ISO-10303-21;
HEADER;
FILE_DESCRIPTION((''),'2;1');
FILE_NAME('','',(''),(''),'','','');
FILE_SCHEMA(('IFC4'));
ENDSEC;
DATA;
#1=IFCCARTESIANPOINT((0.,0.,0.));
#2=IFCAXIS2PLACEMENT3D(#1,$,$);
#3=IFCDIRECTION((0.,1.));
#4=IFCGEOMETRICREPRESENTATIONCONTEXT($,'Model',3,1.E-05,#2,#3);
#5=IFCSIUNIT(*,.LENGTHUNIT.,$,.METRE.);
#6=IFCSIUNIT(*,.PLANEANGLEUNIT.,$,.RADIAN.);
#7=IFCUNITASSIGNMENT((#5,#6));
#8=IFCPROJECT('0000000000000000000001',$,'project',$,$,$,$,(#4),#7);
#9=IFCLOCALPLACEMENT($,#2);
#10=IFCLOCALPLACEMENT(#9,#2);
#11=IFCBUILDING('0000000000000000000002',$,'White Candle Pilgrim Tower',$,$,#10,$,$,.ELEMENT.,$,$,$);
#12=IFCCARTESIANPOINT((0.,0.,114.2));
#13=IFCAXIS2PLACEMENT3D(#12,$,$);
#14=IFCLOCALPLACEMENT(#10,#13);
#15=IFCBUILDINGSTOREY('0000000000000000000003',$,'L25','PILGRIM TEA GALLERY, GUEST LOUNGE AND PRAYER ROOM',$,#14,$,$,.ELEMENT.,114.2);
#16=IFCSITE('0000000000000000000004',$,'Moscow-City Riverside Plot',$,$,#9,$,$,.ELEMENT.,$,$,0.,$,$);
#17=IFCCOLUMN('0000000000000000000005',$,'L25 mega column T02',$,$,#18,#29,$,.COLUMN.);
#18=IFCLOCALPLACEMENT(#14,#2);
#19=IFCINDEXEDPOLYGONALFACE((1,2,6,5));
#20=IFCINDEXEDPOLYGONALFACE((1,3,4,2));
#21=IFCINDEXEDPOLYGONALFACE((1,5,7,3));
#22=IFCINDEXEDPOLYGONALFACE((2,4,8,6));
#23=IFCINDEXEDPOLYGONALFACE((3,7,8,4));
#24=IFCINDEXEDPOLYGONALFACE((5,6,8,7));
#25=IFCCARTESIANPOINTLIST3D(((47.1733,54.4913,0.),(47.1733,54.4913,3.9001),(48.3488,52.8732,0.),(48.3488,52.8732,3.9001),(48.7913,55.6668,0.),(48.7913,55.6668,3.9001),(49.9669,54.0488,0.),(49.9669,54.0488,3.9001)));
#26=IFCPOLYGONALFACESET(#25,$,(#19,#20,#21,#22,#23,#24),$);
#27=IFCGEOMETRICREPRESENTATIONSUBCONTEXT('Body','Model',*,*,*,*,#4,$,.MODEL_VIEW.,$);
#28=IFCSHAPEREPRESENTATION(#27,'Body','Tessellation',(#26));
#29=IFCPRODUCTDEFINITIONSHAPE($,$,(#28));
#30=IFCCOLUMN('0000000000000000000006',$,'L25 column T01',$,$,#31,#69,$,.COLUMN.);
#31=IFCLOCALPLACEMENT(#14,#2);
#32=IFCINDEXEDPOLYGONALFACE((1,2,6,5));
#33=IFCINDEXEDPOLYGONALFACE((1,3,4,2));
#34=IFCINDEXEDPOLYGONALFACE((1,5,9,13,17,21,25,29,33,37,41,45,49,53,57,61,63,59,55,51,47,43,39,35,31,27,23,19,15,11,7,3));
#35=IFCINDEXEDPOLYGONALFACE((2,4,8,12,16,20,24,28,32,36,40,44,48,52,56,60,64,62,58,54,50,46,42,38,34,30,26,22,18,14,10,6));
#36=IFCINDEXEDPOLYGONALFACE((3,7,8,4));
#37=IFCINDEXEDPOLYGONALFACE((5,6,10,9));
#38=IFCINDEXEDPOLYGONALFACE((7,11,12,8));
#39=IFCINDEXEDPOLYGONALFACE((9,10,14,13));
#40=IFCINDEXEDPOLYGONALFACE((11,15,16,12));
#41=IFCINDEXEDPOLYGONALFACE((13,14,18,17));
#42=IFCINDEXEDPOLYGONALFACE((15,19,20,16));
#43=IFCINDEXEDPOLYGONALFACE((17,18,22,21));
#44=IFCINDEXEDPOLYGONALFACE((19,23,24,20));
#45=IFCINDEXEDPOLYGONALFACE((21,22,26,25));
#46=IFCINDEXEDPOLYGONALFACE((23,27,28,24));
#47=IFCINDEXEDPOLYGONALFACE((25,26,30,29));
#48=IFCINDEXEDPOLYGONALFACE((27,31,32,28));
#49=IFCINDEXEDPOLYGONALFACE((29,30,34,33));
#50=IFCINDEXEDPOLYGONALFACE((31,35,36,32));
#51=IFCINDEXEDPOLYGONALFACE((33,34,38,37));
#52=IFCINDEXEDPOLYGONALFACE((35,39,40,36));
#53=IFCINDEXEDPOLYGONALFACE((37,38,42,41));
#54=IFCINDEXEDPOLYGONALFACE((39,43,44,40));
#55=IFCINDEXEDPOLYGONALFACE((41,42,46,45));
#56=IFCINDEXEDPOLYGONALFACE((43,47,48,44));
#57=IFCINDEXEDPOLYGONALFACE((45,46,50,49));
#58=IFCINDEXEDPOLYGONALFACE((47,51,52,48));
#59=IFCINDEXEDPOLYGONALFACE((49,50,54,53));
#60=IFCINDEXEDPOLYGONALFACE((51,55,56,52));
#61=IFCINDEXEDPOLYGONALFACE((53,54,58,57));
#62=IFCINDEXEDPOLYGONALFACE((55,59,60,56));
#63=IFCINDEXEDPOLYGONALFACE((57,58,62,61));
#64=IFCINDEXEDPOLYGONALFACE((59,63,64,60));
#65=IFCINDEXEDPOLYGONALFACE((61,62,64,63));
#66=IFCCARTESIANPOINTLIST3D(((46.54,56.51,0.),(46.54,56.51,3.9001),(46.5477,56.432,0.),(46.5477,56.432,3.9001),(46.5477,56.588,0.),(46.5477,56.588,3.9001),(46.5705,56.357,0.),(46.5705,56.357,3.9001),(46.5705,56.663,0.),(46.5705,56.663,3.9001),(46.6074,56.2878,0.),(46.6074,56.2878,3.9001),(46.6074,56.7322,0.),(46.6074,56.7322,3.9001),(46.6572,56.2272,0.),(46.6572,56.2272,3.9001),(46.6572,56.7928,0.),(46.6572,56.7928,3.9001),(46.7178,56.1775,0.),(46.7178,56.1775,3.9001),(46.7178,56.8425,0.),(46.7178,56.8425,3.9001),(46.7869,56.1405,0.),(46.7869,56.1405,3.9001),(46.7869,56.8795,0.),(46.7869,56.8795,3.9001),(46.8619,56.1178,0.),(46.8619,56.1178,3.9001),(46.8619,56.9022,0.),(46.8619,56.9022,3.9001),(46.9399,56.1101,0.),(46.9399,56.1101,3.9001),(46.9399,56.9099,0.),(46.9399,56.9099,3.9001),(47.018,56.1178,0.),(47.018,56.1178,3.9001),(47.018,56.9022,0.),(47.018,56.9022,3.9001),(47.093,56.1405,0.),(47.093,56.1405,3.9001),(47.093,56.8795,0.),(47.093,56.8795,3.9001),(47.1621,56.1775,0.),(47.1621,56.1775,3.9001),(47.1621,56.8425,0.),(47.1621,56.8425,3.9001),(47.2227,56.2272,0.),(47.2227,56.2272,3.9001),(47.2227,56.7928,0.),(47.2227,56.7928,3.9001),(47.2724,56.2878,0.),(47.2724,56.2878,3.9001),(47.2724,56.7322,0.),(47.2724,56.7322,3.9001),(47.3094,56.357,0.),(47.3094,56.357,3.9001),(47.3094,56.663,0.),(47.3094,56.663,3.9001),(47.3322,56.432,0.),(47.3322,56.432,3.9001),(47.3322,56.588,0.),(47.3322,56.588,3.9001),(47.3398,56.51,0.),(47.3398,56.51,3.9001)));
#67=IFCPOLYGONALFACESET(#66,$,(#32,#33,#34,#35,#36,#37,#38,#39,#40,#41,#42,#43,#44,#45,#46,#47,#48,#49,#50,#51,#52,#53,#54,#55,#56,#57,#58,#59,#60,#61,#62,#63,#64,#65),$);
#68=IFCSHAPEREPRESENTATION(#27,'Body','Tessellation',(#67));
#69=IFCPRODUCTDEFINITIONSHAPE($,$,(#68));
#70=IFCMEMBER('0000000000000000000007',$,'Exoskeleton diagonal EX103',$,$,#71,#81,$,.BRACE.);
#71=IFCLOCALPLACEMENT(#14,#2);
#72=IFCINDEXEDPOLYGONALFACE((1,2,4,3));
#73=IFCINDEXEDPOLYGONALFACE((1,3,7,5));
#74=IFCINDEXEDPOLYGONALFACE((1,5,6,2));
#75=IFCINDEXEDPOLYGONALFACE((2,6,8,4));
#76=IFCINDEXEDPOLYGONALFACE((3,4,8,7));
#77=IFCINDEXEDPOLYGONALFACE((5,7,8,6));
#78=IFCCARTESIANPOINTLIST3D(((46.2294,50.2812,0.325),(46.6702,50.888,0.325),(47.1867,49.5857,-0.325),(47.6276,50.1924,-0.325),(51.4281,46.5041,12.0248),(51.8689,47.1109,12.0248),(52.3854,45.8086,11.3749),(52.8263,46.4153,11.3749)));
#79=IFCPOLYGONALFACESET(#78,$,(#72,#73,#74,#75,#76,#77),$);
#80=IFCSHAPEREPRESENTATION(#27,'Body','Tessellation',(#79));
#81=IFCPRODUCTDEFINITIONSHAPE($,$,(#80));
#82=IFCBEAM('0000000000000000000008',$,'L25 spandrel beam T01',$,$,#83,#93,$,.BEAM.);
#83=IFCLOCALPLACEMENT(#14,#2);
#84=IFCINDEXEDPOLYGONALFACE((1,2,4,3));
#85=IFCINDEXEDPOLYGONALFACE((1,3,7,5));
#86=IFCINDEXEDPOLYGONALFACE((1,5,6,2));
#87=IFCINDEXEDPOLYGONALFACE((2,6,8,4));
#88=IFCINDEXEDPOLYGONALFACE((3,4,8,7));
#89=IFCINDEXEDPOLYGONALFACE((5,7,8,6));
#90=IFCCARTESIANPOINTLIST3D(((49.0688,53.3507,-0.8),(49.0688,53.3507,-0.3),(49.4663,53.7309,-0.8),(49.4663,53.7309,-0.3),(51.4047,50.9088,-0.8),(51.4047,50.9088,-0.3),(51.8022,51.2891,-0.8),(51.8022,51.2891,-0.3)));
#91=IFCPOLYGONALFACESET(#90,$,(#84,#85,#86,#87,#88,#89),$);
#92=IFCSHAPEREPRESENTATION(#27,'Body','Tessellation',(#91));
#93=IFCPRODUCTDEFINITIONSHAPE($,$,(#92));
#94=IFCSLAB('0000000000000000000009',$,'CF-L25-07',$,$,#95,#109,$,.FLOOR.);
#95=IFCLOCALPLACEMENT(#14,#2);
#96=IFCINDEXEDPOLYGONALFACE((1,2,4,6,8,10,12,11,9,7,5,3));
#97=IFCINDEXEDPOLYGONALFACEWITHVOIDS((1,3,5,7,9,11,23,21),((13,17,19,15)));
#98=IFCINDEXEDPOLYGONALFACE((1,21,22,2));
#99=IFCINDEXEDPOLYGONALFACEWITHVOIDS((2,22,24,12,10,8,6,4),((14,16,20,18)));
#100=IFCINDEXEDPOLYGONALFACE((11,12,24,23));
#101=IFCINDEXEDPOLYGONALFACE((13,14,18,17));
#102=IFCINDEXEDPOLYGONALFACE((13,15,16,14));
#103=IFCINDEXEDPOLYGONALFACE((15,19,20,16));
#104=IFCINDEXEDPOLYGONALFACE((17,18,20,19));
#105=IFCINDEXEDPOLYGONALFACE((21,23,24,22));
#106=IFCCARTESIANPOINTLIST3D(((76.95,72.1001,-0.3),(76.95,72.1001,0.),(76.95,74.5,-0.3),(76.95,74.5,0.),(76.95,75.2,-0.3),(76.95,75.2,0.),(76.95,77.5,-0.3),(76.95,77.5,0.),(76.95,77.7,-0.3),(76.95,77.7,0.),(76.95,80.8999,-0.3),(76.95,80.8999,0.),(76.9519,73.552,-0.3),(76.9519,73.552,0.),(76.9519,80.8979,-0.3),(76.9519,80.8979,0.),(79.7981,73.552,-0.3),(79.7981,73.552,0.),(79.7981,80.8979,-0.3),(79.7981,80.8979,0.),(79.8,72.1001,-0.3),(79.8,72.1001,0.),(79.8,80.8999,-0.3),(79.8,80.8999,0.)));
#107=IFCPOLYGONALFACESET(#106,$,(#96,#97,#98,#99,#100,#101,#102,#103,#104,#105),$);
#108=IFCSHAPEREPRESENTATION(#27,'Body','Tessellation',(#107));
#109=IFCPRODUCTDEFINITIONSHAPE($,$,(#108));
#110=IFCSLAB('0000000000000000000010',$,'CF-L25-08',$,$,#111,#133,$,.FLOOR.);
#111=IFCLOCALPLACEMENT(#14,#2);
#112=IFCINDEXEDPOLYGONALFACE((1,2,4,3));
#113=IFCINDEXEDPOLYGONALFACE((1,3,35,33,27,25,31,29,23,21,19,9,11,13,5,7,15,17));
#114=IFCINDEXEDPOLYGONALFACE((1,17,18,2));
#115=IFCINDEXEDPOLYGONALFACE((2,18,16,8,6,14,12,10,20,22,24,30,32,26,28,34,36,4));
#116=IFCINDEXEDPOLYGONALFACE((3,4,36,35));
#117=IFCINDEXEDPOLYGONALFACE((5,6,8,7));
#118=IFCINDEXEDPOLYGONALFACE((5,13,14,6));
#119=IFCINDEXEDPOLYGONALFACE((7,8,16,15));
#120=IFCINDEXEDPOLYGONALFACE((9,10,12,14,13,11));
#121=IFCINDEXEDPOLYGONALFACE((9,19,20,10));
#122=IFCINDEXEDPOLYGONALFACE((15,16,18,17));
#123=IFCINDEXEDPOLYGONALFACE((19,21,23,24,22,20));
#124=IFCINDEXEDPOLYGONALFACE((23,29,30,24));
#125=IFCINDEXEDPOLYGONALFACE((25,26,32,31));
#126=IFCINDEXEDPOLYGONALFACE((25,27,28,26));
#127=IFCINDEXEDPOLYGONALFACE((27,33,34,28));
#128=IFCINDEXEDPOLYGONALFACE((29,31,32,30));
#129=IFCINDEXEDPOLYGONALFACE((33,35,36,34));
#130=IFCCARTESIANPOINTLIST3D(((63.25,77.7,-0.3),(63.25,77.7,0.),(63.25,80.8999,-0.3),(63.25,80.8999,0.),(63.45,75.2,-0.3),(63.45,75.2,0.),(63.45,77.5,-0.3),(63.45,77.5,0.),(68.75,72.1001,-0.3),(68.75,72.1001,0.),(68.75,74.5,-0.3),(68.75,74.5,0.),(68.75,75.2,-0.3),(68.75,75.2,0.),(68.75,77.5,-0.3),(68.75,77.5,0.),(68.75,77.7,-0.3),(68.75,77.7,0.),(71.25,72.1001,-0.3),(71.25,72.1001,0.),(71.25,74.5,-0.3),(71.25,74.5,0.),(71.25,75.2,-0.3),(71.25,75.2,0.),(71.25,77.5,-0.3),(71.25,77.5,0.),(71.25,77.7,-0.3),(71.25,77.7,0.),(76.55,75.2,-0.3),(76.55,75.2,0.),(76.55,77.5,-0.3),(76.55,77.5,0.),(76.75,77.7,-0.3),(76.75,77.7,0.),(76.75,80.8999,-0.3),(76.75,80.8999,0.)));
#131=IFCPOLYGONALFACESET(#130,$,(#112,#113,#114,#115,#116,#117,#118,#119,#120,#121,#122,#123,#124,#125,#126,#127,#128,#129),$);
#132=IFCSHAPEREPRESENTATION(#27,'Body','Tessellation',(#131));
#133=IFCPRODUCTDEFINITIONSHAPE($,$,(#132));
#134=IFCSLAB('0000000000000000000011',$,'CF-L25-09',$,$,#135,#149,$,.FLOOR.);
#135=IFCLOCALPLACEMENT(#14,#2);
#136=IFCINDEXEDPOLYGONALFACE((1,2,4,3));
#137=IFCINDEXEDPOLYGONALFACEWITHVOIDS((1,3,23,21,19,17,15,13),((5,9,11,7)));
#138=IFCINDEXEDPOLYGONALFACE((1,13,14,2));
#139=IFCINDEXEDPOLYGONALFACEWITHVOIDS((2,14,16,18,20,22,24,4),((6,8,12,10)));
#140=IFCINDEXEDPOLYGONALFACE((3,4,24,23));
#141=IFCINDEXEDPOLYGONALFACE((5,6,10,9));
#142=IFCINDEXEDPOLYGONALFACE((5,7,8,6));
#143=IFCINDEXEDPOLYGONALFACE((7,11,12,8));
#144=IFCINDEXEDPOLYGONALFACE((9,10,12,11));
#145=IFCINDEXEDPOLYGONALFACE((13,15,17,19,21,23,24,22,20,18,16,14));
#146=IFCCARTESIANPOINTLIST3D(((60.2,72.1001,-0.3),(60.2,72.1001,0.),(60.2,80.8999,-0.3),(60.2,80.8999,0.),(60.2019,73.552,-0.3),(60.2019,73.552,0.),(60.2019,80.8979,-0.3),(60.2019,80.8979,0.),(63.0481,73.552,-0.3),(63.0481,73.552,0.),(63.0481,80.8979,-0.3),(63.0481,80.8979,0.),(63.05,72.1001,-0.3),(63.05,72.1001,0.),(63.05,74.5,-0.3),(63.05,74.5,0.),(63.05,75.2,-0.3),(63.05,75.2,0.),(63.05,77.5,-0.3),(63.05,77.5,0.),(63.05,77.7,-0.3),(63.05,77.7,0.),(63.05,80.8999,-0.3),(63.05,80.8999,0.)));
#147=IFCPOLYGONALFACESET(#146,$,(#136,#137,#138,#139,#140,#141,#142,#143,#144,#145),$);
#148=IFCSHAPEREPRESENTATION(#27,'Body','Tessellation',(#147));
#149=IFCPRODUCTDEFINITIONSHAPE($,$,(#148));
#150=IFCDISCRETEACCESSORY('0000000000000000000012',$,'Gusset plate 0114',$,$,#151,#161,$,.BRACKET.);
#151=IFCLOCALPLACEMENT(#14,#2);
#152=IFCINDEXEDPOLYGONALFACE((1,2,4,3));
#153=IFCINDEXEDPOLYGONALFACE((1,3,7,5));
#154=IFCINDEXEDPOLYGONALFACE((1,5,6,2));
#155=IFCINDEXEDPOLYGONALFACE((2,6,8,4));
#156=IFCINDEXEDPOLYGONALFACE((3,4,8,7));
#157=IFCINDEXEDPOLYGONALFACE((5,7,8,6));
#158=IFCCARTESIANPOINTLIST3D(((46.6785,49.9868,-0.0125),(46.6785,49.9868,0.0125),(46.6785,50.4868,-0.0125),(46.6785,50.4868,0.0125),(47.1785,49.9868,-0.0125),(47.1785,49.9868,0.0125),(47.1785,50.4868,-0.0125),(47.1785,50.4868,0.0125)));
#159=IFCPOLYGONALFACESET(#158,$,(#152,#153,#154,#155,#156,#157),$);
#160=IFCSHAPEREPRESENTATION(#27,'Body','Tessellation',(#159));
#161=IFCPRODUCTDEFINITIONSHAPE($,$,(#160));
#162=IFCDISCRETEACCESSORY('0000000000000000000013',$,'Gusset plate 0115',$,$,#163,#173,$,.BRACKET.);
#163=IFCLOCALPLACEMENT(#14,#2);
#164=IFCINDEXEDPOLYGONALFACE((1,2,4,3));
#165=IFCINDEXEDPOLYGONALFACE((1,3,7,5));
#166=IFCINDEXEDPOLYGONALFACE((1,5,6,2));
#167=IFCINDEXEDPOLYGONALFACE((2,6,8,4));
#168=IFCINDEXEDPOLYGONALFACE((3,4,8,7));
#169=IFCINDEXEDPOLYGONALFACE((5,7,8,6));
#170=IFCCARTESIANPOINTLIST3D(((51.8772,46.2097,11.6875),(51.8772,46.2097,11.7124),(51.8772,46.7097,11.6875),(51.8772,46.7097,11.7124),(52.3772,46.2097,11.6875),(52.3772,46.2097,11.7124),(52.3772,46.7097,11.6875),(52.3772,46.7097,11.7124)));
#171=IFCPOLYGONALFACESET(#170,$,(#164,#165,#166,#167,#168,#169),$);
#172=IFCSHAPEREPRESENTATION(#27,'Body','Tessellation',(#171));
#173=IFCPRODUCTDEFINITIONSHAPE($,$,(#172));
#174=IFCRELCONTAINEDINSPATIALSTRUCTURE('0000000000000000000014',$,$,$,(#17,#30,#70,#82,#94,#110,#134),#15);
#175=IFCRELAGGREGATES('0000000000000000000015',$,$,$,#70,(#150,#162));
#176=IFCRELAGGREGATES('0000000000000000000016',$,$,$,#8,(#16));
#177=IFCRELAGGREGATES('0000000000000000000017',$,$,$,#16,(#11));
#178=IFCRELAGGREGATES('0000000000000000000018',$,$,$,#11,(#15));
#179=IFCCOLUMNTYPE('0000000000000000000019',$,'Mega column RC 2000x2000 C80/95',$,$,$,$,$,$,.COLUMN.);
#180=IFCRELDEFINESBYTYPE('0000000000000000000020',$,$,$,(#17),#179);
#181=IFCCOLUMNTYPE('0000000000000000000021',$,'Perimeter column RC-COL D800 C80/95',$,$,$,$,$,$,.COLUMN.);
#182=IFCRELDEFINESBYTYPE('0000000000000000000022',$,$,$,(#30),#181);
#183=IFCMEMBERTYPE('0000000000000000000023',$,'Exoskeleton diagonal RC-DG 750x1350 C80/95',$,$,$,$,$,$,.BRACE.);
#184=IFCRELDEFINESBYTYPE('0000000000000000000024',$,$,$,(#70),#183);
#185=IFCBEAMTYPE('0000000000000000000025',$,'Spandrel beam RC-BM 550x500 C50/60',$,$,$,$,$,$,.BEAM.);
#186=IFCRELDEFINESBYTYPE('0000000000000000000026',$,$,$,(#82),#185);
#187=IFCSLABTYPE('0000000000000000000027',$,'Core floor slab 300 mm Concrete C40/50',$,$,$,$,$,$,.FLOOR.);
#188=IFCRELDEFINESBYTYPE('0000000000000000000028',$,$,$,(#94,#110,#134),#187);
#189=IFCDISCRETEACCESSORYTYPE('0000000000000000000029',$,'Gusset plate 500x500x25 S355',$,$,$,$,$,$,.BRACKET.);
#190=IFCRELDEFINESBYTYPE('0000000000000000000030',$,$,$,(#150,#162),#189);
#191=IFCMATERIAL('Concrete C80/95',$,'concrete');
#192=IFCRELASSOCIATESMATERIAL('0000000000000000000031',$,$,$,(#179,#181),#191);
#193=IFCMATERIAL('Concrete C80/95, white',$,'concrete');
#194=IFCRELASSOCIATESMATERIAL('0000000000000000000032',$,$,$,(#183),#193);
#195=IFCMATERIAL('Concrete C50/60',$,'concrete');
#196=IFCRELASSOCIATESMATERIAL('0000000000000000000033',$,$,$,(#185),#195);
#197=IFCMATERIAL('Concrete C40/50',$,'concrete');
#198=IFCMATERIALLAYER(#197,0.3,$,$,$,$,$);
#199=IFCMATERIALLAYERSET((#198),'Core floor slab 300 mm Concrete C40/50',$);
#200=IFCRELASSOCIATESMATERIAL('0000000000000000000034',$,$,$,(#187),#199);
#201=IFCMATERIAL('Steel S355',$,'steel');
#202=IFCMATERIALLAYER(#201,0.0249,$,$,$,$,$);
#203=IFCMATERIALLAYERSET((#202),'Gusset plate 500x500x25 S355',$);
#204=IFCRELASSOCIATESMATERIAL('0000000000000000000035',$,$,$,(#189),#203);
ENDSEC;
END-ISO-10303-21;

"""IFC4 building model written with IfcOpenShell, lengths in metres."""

from ifc_helpers import new_model, si_unit, direction, frame, origin, origin_2d, place, context, subcontext, project, spatial, polyline, rectangle, circle, outline, extrude, material, layer, layer_set, material_profile, profile_set, type_object, element, aggregate, save


model = new_model("IFC4")

# Units and contexts
model_context = context("Model", 3, precision=1e-05, world=origin(), true_north=direction((0.0, 1.0)))
body_context = subcontext(model_context, "Body", "Model", "MODEL_VIEW")
ifc_project = project(units=[si_unit("LENGTHUNIT", "METRE"), si_unit("PLANEANGLEUNIT", "RADIAN")], contexts=[model_context])

# Site, building, storey
site_placement = place(None, origin())
site = spatial("IfcSite", under=ifc_project, at=site_placement, Name="Moscow-City Riverside Plot", CompositionType="ELEMENT", RefElevation=0.0)
building_placement = place(site_placement, origin())
building = spatial("IfcBuilding", under=site, at=building_placement, Name="White Candle Pilgrim Tower", CompositionType="ELEMENT")
storey_placement = place(building_placement, frame((0.0, 0.0, 114.2)))
storey = spatial("IfcBuildingStorey", under=building, at=storey_placement, Name="L25", Description="PILGRIM TEA GALLERY, GUEST LOUNGE AND PRAYER ROOM", CompositionType="ELEMENT", Elevation=114.2)

# Columns
ifc_material_1 = material(Name="Concrete C80/95", Category="concrete")
ifc_material_profile_1 = material_profile(ifc_material_1, rectangle(XDim=2.0, YDim=2.0, at=origin_2d()), Name="RC 2000x2000")
ifc_profile_set_1 = profile_set([ifc_material_profile_1], Name="Concrete C80/95")
column_type_1 = type_object("IfcColumnType", Name="Mega column RC 2000x2000 C80/95", PredefinedType="COLUMN", material=ifc_profile_set_1)
column_1_placement = place(storey_placement, frame((48.5701, 54.27, 0.0), z_axis=(0.0, 0.0, 1.0), x_axis=(-0.809017, -0.587785, 0.0)))
element("IfcColumn", 1, at=column_1_placement, inside=storey, type_object=column_type_1, Name="L25 mega column T02", PredefinedType="COLUMN", context=body_context, shape_type="SweptSolid", body=[
    extrude(rectangle(XDim=2.0, YDim=2.0, at=origin_2d()), origin(), (0.0, 0.0, 1.0), 3.9001),
])
ifc_material_profile_2 = material_profile(ifc_material_1, circle(Radius=0.3999, at=origin_2d()), Name="RC-COL D800")
ifc_profile_set_2 = profile_set([ifc_material_profile_2], Name="Concrete C80/95")
column_type_2 = type_object("IfcColumnType", Name="Perimeter column RC-COL D800 C80/95", PredefinedType="COLUMN", material=ifc_profile_set_2)
column_2_placement = place(storey_placement, frame((46.9399, 56.51, 0.0), z_axis=(0.0, 0.0, 1.0), x_axis=(1.0, 0.0, 0.0)))
element("IfcColumn", 2, at=column_2_placement, inside=storey, type_object=column_type_2, Name="L25 column T01", PredefinedType="COLUMN", context=body_context, shape_type="SweptSolid", body=[
    extrude(circle(Radius=0.3999, at=origin_2d()), origin(), (0.0, 0.0, 1.0), 3.9001),
])

# Member
ifc_material_2 = material(Name="Concrete C80/95, white", Category="concrete")
ifc_material_profile_3 = material_profile(ifc_material_2, rectangle(XDim=0.75, YDim=1.3501, at=origin_2d()), Name="RC-DG 750x1350")
ifc_profile_set_3 = profile_set([ifc_material_profile_3], Name="Concrete C80/95, white")
member_type = type_object("IfcMemberType", Name="Exoskeleton diagonal RC-DG 750x1350 C80/95", PredefinedType="BRACE", material=ifc_profile_set_3)
member_placement = place(storey_placement, frame((46.9285, 50.2368, 0.0), z_axis=(0.389462, -0.282961, 0.8765), x_axis=(0.587785, 0.809017, 0.0)))
member = element("IfcMember", 3, at=member_placement, inside=storey, type_object=member_type, Name="Exoskeleton diagonal EX103", PredefinedType="BRACE", context=body_context, shape_type="SweptSolid", body=[
    extrude(rectangle(XDim=0.75, YDim=1.3501, at=origin_2d()), origin(), (0.0, 0.0, 1.0), 13.3484),
])

# Beam
ifc_material_3 = material(Name="Concrete C50/60", Category="concrete")
ifc_material_profile_4 = material_profile(ifc_material_3, rectangle(XDim=0.55, YDim=0.5, at=origin_2d()), Name="RC-BM 550x500")
ifc_profile_set_4 = profile_set([ifc_material_profile_4], Name="Concrete C50/60")
beam_type = type_object("IfcBeamType", Name="Spandrel beam RC-BM 550x500 C50/60", PredefinedType="BEAM", material=ifc_profile_set_4)
beam_placement = place(storey_placement, frame((49.2676, 53.5408, -0.55), z_axis=(0.691255, -0.72261, 0.0), x_axis=(0.72261, 0.691255, 0.0)))
element("IfcBeam", 4, at=beam_placement, inside=storey, type_object=beam_type, Name="L25 spandrel beam T01", PredefinedType="BEAM", context=body_context, shape_type="SweptSolid", body=[
    extrude(rectangle(XDim=0.55, YDim=0.5, at=origin_2d()), origin(), (0.0, 0.0, 1.0), 3.3792),
])

# Slabs
ifc_material_4 = material(Name="Concrete C40/50", Category="concrete")
ifc_layer_1 = layer(ifc_material_4, 0.3)
ifc_layer_set_1 = layer_set([ifc_layer_1], Name="Core floor slab 300 mm Concrete C40/50")
slab_type_1 = type_object("IfcSlabType", Name="Core floor slab 300 mm Concrete C40/50", PredefinedType="FLOOR", material=ifc_layer_set_1)
slab_1_placement = place(storey_placement, frame((0.0, 0.0, -0.3)))
element("IfcSlab", 5, at=slab_1_placement, inside=storey, type_object=slab_type_1, Name="CF-L25-07", PredefinedType="FLOOR", context=body_context, shape_type="SweptSolid", body=[
    extrude(outline(polyline([(76.95, 72.1001), (76.95, 74.5), (76.95, 75.2), (76.95, 77.5), (76.95, 77.7), (76.95, 80.8999), (79.8, 80.8999), (79.8, 72.1001), (76.95, 72.1001)]), holes=[polyline([(76.9519, 73.552), (79.7981, 73.552), (79.7981, 80.8979), (76.9519, 80.8979), (76.9519, 73.552)])]), origin(), (0.0, 0.0, 1.0), 0.3),
])
slab_2_placement = place(storey_placement, frame((0.0, 0.0, -0.3)))
element("IfcSlab", 6, at=slab_2_placement, inside=storey, type_object=slab_type_1, Name="CF-L25-08", PredefinedType="FLOOR", context=body_context, shape_type="SweptSolid", body=[
    extrude(outline(polyline([(68.75, 72.1001), (68.75, 74.5), (68.75, 75.2), (63.45, 75.2), (63.45, 77.5), (68.75, 77.5), (68.75, 77.7), (63.25, 77.7), (63.25, 80.8999), (76.75, 80.8999), (76.75, 77.7), (71.25, 77.7), (71.25, 77.5), (76.55, 77.5), (76.55, 75.2), (71.25, 75.2), (71.25, 74.5), (71.25, 72.1001), (68.75, 72.1001)])), origin(), (0.0, 0.0, 1.0), 0.3),
])
slab_3_placement = place(storey_placement, frame((0.0, 0.0, -0.3)))
element("IfcSlab", 7, at=slab_3_placement, inside=storey, type_object=slab_type_1, Name="CF-L25-09", PredefinedType="FLOOR", context=body_context, shape_type="SweptSolid", body=[
    extrude(outline(polyline([(60.2, 72.1001), (60.2, 80.8999), (63.05, 80.8999), (63.05, 77.7), (63.05, 77.5), (63.05, 75.2), (63.05, 74.5), (63.05, 72.1001), (60.2, 72.1001)]), holes=[polyline([(60.2019, 73.552), (63.0481, 73.552), (63.0481, 80.8979), (60.2019, 80.8979), (60.2019, 73.552)])]), origin(), (0.0, 0.0, 1.0), 0.3),
])

# Discrete accessories
ifc_material_5 = material(Name="Steel S355", Category="steel")
ifc_layer_2 = layer(ifc_material_5, 0.0249)
ifc_layer_set_2 = layer_set([ifc_layer_2], Name="Gusset plate 500x500x25 S355")
discrete_accessory_type = type_object("IfcDiscreteAccessoryType", Name="Gusset plate 500x500x25 S355", PredefinedType="BRACKET", material=ifc_layer_set_2)
discrete_accessory_1_placement = place(storey_placement, frame((46.9285, 50.2368, -0.0125), z_axis=(0.0, 0.0, 1.0), x_axis=(1.0, 0.0, 0.0)))
discrete_accessory_1 = element("IfcDiscreteAccessory", 8, at=discrete_accessory_1_placement, type_object=discrete_accessory_type, Name="Gusset plate 0114", PredefinedType="BRACKET", context=body_context, shape_type="SweptSolid", body=[
    extrude(rectangle(XDim=0.5, YDim=0.5, at=origin_2d()), origin(), (0.0, 0.0, 1.0), 0.0249),
])
placement = place(building_placement, frame((0.0, 0.0, 125.8999)))
discrete_accessory_2_placement = place(placement, frame((52.1272, 46.4597, -0.0125), z_axis=(0.0, 0.0, 1.0), x_axis=(1.0, 0.0, 0.0)))
discrete_accessory_2 = element("IfcDiscreteAccessory", 9, at=discrete_accessory_2_placement, type_object=discrete_accessory_type, Name="Gusset plate 0115", PredefinedType="BRACKET", context=body_context, shape_type="SweptSolid", body=[
    extrude(rectangle(XDim=0.5, YDim=0.5, at=origin_2d()), origin(), (0.0, 0.0, 1.0), 0.0249),
])
aggregate(member, [discrete_accessory_1, discrete_accessory_2])

save(model, "model.ifc")
